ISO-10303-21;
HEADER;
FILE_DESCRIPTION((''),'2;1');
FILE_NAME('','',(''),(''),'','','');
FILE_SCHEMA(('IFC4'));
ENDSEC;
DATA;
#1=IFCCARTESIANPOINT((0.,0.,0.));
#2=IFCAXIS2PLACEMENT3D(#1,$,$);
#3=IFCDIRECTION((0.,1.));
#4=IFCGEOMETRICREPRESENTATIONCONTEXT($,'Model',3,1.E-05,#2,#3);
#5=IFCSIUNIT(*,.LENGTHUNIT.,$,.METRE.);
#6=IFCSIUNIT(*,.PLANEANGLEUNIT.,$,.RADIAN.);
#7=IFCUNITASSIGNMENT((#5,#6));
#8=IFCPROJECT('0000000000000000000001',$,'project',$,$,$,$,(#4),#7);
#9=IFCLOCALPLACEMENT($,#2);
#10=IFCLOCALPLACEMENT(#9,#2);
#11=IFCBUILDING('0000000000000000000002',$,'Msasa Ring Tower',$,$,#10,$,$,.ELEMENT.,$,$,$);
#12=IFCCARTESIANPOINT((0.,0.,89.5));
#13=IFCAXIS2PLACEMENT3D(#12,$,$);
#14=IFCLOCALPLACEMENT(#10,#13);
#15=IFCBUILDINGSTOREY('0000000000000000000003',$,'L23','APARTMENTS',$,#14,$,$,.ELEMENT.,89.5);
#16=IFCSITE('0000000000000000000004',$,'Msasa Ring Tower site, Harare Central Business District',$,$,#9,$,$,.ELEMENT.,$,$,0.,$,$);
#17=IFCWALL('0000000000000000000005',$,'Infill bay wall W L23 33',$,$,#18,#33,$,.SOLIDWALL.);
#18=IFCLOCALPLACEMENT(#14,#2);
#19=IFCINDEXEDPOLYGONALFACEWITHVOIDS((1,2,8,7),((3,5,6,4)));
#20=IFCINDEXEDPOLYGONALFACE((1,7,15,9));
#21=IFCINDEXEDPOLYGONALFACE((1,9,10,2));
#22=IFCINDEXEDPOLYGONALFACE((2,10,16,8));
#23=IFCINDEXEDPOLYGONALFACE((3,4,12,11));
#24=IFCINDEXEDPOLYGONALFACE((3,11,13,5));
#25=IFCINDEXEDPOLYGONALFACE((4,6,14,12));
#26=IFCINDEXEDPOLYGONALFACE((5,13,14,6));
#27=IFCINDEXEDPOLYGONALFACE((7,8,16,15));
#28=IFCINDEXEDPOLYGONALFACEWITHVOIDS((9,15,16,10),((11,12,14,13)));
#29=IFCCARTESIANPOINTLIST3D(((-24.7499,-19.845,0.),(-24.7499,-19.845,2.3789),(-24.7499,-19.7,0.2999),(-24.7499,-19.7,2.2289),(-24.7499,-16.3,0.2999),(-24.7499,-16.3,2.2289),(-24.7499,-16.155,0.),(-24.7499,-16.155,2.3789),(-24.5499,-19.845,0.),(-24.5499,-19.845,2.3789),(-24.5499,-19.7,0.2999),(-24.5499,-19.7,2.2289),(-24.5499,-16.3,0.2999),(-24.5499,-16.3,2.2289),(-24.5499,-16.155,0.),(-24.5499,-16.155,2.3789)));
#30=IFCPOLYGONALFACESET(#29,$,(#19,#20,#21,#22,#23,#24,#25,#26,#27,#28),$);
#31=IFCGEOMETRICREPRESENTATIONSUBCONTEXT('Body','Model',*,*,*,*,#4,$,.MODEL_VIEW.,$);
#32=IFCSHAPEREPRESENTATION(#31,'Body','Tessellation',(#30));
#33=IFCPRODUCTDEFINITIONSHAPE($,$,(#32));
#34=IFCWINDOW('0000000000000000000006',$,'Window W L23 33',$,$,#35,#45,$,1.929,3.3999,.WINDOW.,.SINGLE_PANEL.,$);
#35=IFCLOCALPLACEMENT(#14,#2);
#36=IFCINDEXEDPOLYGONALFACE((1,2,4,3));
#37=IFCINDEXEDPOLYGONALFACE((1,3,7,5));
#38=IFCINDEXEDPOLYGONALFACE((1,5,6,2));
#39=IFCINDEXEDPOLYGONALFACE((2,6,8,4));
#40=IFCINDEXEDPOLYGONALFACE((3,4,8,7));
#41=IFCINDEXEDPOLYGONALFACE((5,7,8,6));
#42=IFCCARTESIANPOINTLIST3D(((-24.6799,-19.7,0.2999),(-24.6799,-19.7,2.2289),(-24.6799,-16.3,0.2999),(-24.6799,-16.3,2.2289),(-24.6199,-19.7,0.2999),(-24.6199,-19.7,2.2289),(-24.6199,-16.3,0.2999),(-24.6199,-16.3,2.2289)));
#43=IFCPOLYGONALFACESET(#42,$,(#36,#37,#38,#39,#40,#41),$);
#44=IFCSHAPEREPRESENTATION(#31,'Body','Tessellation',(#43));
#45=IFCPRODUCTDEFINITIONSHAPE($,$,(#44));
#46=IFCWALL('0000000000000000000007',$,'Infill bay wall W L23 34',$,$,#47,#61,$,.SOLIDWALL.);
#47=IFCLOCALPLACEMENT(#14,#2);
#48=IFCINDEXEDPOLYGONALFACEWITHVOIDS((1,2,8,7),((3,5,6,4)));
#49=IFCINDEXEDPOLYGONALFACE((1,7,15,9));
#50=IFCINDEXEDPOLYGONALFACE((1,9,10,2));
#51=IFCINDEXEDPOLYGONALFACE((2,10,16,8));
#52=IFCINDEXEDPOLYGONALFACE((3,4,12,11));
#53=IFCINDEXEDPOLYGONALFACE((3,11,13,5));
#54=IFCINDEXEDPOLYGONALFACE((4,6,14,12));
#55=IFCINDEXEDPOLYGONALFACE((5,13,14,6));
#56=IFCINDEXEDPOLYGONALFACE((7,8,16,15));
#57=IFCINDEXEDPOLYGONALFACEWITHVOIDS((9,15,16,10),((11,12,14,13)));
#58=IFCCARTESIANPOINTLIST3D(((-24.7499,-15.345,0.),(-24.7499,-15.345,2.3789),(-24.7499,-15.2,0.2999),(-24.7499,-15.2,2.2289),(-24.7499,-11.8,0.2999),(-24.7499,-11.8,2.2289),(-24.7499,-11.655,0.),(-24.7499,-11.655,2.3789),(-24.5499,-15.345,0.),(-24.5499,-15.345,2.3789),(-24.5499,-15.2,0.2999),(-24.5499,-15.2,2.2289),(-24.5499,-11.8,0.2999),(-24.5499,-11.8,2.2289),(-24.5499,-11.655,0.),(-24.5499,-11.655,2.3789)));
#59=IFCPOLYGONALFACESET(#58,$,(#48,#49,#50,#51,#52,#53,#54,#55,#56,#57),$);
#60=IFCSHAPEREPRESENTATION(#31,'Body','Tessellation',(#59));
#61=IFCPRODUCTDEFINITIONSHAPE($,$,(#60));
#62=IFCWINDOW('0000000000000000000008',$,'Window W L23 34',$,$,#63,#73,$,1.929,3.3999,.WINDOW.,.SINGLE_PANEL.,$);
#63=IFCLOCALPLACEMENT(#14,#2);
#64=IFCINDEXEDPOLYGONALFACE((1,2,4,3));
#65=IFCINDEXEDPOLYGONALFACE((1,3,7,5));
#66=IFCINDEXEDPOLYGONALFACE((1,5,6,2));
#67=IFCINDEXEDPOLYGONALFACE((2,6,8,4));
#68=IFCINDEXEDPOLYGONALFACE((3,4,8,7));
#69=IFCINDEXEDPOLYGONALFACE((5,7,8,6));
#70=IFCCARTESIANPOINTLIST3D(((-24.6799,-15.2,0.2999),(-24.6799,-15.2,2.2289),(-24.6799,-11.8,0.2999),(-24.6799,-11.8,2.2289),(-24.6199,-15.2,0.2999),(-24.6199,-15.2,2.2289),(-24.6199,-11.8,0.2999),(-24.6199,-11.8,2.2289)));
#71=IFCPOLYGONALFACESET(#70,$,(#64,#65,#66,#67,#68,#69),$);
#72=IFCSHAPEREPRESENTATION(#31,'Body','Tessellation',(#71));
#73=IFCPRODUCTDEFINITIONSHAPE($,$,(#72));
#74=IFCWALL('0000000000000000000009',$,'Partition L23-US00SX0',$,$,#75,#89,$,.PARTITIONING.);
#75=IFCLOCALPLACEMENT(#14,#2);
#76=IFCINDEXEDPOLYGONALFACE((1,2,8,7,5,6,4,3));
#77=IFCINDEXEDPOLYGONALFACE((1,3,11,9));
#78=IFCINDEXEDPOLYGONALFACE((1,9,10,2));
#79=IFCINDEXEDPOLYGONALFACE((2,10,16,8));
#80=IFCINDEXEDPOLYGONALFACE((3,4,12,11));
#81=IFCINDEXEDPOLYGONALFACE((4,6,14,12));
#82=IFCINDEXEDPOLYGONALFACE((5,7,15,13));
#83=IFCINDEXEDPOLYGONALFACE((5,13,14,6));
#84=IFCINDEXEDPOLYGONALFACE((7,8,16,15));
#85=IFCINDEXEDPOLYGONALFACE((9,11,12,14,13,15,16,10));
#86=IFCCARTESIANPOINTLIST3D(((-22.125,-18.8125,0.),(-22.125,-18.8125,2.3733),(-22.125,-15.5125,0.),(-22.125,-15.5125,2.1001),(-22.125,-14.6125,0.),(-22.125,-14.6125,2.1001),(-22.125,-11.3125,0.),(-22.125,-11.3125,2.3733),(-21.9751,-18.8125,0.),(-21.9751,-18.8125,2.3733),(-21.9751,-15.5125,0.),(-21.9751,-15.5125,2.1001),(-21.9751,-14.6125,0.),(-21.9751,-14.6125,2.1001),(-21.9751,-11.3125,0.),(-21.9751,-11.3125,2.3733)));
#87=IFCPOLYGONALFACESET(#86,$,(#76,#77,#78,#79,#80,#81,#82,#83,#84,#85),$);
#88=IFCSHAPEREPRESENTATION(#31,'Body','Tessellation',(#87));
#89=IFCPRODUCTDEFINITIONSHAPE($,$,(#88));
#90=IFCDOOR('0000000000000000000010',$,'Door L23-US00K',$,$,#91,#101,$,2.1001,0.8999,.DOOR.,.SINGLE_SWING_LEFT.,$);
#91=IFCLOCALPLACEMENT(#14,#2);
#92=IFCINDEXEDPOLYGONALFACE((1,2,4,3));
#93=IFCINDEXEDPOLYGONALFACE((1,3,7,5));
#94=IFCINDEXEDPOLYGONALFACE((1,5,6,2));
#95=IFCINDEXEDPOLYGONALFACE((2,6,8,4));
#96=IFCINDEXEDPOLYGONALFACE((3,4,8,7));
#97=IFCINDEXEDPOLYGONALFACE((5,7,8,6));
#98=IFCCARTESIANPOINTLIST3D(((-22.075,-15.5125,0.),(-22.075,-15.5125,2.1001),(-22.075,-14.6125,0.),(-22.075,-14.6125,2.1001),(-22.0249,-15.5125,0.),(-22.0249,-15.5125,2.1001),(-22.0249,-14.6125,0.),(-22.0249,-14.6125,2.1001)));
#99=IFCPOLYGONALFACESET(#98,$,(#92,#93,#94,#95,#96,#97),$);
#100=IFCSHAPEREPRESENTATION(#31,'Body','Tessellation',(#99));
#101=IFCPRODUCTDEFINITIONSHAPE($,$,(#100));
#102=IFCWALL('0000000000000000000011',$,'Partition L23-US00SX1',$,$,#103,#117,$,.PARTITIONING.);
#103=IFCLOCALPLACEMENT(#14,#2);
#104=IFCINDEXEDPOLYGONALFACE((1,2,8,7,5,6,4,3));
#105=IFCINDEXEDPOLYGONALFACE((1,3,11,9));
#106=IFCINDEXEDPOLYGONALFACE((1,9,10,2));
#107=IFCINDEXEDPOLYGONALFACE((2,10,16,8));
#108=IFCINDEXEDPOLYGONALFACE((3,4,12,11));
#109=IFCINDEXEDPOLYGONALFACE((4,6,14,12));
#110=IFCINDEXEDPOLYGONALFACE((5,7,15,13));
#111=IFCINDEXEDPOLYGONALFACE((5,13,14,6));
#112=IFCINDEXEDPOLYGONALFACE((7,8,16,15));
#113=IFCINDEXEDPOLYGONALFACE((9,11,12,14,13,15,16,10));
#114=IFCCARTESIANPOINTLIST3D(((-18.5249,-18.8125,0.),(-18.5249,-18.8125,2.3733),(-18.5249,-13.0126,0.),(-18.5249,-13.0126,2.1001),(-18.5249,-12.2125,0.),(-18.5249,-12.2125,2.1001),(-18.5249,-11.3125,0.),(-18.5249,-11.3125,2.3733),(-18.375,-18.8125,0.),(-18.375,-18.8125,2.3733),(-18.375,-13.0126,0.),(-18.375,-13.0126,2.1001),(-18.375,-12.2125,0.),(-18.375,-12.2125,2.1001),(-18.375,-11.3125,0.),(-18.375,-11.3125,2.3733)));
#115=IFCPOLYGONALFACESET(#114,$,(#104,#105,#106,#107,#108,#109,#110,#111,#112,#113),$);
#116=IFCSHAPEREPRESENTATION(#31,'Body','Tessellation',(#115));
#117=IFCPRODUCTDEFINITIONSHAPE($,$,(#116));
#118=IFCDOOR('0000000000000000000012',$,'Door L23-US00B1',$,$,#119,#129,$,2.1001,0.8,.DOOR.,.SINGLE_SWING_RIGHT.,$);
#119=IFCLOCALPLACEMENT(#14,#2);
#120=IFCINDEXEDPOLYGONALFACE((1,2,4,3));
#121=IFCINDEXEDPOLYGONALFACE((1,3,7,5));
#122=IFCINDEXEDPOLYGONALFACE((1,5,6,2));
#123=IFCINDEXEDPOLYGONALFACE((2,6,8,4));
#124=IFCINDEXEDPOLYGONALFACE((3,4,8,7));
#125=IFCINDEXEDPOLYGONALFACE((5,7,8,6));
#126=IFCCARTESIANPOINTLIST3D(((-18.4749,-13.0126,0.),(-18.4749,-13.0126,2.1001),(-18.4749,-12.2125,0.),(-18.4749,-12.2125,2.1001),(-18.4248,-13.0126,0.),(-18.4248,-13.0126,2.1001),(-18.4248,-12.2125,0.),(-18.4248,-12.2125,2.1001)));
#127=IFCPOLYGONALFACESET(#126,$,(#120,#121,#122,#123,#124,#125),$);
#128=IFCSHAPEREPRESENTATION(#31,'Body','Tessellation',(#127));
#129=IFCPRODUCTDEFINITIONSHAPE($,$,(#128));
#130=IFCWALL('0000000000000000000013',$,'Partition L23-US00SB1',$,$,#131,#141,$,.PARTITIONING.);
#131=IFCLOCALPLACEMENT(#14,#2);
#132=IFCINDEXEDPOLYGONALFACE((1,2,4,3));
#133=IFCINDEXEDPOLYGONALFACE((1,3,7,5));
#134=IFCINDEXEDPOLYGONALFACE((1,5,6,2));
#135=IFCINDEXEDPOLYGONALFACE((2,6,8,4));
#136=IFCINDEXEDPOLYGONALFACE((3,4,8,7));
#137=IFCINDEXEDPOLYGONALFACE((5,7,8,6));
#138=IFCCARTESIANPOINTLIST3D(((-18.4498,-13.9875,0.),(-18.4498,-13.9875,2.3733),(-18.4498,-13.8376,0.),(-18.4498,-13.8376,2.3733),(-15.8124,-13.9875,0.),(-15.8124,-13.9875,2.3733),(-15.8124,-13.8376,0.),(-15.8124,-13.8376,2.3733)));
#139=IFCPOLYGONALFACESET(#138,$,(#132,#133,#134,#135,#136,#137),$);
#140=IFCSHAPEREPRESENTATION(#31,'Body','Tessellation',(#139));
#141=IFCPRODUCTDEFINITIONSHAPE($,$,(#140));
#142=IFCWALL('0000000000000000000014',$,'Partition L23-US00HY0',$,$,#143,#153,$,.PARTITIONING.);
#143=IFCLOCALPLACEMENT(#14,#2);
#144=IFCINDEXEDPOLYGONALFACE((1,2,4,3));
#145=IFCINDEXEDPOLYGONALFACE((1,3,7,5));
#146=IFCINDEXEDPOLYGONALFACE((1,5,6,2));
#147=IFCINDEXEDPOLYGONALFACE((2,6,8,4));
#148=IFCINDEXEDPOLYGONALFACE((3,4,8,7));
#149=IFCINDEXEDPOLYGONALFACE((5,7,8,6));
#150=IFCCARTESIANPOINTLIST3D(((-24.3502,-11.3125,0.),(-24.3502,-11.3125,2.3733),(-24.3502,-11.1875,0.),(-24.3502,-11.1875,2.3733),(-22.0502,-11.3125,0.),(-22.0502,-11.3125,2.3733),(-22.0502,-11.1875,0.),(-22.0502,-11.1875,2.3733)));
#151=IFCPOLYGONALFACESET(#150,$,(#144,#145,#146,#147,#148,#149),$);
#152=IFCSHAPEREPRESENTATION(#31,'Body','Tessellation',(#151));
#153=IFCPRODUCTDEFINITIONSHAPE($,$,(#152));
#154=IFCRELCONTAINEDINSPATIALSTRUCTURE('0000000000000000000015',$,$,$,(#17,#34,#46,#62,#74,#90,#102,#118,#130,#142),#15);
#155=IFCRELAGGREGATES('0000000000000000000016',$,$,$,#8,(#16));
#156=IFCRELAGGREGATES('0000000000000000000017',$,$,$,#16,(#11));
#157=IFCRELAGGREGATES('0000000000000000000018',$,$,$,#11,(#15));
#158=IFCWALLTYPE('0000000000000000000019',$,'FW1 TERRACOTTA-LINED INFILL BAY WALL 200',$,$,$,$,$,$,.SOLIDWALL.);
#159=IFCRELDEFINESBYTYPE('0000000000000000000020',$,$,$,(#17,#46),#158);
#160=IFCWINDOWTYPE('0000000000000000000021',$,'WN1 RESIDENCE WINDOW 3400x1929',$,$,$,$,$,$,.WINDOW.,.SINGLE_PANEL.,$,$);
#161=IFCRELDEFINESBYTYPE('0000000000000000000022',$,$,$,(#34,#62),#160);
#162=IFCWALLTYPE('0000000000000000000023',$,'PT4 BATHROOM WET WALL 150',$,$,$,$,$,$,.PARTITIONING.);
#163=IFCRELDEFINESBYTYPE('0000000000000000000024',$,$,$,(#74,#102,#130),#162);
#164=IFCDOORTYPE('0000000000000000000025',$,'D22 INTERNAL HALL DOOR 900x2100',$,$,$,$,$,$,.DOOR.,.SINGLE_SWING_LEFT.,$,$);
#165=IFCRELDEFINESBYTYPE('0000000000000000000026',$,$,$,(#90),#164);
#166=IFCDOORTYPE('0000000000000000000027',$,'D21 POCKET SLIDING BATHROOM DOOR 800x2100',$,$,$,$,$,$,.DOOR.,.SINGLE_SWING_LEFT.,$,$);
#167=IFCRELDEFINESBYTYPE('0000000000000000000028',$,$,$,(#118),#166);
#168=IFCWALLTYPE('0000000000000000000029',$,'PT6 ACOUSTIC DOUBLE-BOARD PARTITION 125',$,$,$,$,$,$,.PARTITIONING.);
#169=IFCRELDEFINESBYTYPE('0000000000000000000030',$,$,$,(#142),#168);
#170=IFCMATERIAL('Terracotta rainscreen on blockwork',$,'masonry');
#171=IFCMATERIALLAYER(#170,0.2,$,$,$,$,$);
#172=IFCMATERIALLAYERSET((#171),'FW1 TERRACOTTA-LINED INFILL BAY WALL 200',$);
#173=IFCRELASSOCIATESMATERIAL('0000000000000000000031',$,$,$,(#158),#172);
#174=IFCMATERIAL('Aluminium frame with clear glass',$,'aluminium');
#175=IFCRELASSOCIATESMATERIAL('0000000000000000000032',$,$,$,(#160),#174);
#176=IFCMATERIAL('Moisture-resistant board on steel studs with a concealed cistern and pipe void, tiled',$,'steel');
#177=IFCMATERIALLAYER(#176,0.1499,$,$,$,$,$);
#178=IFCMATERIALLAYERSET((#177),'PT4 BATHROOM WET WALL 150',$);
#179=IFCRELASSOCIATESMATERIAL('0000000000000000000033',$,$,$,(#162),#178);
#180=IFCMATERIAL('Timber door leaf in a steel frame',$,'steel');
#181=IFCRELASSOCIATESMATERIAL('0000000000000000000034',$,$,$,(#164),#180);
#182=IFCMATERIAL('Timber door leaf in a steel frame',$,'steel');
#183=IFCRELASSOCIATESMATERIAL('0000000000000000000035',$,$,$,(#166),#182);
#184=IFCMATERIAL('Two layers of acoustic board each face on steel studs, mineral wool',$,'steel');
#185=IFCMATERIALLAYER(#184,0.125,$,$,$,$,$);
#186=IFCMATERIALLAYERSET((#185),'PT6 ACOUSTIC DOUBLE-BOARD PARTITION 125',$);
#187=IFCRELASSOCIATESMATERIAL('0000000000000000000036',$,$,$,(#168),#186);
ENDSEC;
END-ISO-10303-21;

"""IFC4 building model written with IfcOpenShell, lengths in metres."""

from ifc_helpers import new_model, si_unit, direction, frame, frame_2d, origin, place, context, subcontext, project, spatial, rectangle, extrude, material, layer, layer_set, type_object, element, fill, save


model = new_model("IFC4")

# Units and contexts
model_context = context("Model", 3, precision=1e-05, world=origin(), true_north=direction((0.0, 1.0)))
body_context = subcontext(model_context, "Body", "Model", "MODEL_VIEW")
ifc_project = project(units=[si_unit("LENGTHUNIT", "METRE"), si_unit("PLANEANGLEUNIT", "RADIAN")], contexts=[model_context])

# Site, building, storey
site_placement = place(None, origin())
site = spatial("IfcSite", under=ifc_project, at=site_placement, Name="Msasa Ring Tower site, Harare Central Business District", CompositionType="ELEMENT", RefElevation=0.0)
building_placement = place(site_placement, origin())
building = spatial("IfcBuilding", under=site, at=building_placement, Name="Msasa Ring Tower", CompositionType="ELEMENT")
storey_placement = place(building_placement, frame((0.0, 0.0, 89.5)))
storey = spatial("IfcBuildingStorey", under=building, at=storey_placement, Name="L23", Description="APARTMENTS", CompositionType="ELEMENT", Elevation=89.5)

# Walls, openings, windows
ifc_material_1 = material(Name="Terracotta rainscreen on blockwork", Category="masonry")
ifc_layer_1 = layer(ifc_material_1, 0.2)
ifc_layer_set_1 = layer_set([ifc_layer_1], Name="FW1 TERRACOTTA-LINED INFILL BAY WALL 200")
wall_type_1 = type_object("IfcWallType", Name="FW1 TERRACOTTA-LINED INFILL BAY WALL 200", PredefinedType="SOLIDWALL", material=ifc_layer_set_1)
wall_1_placement = place(storey_placement, frame((-24.6499, -19.845, 0.0), z_axis=(0.0, 0.0, 1.0), x_axis=(0.0, 1.0, 0.0)))
wall_1 = element("IfcWall", 1, at=wall_1_placement, inside=storey, type_object=wall_type_1, Name="Infill bay wall W L23 33", PredefinedType="SOLIDWALL", context=body_context, shape_type="SweptSolid", body=[
    extrude(rectangle(XDim=3.6899, YDim=0.2, at=frame_2d((1.845, 0.0))), origin(), (0.0, 0.0, 1.0), 2.3789),
])
opening_1_placement = place(wall_1_placement, frame((0.145, 0.0, 0.3)))
opening_1 = element("IfcOpeningElement", 2, at=opening_1_placement, cuts=wall_1, PredefinedType="OPENING", context=body_context, shape_type="SweptSolid", body=[
    extrude(rectangle(XDim=3.3999, YDim=1.929, at=frame_2d((1.7, 0.9644))), frame((0.0, 0.1099, 0.0), z_axis=(0.0, -1.0, 0.0), x_axis=(1.0, 0.0, 0.0)), (0.0, 0.0, 1.0), 0.22),
])
ifc_material_2 = material(Name="Aluminium frame with clear glass", Category="aluminium")
window_type = type_object("IfcWindowType", Name="WN1 RESIDENCE WINDOW 3400x1929", PartitioningType="SINGLE_PANEL", PredefinedType="WINDOW", material=ifc_material_2)
window_1_placement = place(opening_1_placement, origin())
window_1 = element("IfcWindow", 3, at=window_1_placement, inside=storey, type_object=window_type, Name="Window W L23 33", OverallHeight=1.929, OverallWidth=3.3999, PartitioningType="SINGLE_PANEL", PredefinedType="WINDOW", context=body_context, shape_type="SweptSolid", body=[
    extrude(rectangle(XDim=3.3999, YDim=1.929, at=frame_2d((1.7, 0.9644))), frame((0.0, 0.03, 0.0), z_axis=(0.0, -1.0, 0.0), x_axis=(1.0, 0.0, 0.0)), (0.0, 0.0, 1.0), 0.0601),
])
fill(opening_1, window_1)
wall_2_placement = place(storey_placement, frame((-24.6499, -15.345, 0.0), z_axis=(0.0, 0.0, 1.0), x_axis=(0.0, 1.0, 0.0)))
wall_2 = element("IfcWall", 4, at=wall_2_placement, inside=storey, type_object=wall_type_1, Name="Infill bay wall W L23 34", PredefinedType="SOLIDWALL", context=body_context, shape_type="SweptSolid", body=[
    extrude(rectangle(XDim=3.6899, YDim=0.2, at=frame_2d((1.845, 0.0))), origin(), (0.0, 0.0, 1.0), 2.3789),
])
opening_2_placement = place(wall_2_placement, frame((0.145, 0.0, 0.3)))
opening_2 = element("IfcOpeningElement", 5, at=opening_2_placement, cuts=wall_2, PredefinedType="OPENING", context=body_context, shape_type="SweptSolid", body=[
    extrude(rectangle(XDim=3.3999, YDim=1.929, at=frame_2d((1.7, 0.9644))), frame((0.0, 0.1099, 0.0), z_axis=(0.0, -1.0, 0.0), x_axis=(1.0, 0.0, 0.0)), (0.0, 0.0, 1.0), 0.22),
])
window_2_placement = place(opening_2_placement, origin())
window_2 = element("IfcWindow", 6, at=window_2_placement, inside=storey, type_object=window_type, Name="Window W L23 34", OverallHeight=1.929, OverallWidth=3.3999, PartitioningType="SINGLE_PANEL", PredefinedType="WINDOW", context=body_context, shape_type="SweptSolid", body=[
    extrude(rectangle(XDim=3.3999, YDim=1.929, at=frame_2d((1.7, 0.9644))), frame((0.0, 0.03, 0.0), z_axis=(0.0, -1.0, 0.0), x_axis=(1.0, 0.0, 0.0)), (0.0, 0.0, 1.0), 0.0601),
])
fill(opening_2, window_2)

# Walls, openings, doors
ifc_material_3 = material(Name="Moisture-resistant board on steel studs with a concealed cistern and pipe void, tiled", Category="steel")
ifc_layer_2 = layer(ifc_material_3, 0.1499)
ifc_layer_set_2 = layer_set([ifc_layer_2], Name="PT4 BATHROOM WET WALL 150")
wall_type_2 = type_object("IfcWallType", Name="PT4 BATHROOM WET WALL 150", PredefinedType="PARTITIONING", material=ifc_layer_set_2)
wall_3_placement = place(storey_placement, frame((-22.05, -18.8125, 0.0), z_axis=(0.0, 0.0, 1.0), x_axis=(0.0, 1.0, 0.0)))
wall_3 = element("IfcWall", 7, at=wall_3_placement, inside=storey, type_object=wall_type_2, Name="Partition L23-US00SX0", PredefinedType="PARTITIONING", context=body_context, shape_type="SweptSolid", body=[
    extrude(rectangle(XDim=7.5, YDim=0.1499, at=frame_2d((3.75, 0.0))), origin(), (0.0, 0.0, 1.0), 2.3733),
])
opening_3_placement = place(wall_3_placement, frame((3.3, 0.0, 0.0)))
opening_3 = element("IfcOpeningElement", 8, at=opening_3_placement, cuts=wall_3, PredefinedType="OPENING", context=body_context, shape_type="SweptSolid", body=[
    extrude(rectangle(XDim=0.8999, YDim=2.1001, at=frame_2d((0.45, 1.05))), frame((0.0, 0.085, 0.0), z_axis=(0.0, -1.0, 0.0), x_axis=(1.0, 0.0, 0.0)), (0.0, 0.0, 1.0), 0.1699),
])
ifc_material_4 = material(Name="Timber door leaf in a steel frame", Category="steel")
door_type_1 = type_object("IfcDoorType", Name="D22 INTERNAL HALL DOOR 900x2100", OperationType="SINGLE_SWING_LEFT", PredefinedType="DOOR", material=ifc_material_4)
door_1_placement = place(opening_3_placement, origin())
door_1 = element("IfcDoor", 9, at=door_1_placement, inside=storey, type_object=door_type_1, Name="Door L23-US00K", OperationType="SINGLE_SWING_LEFT", OverallHeight=2.1001, OverallWidth=0.8999, PredefinedType="DOOR", context=body_context, shape_type="SweptSolid", body=[
    extrude(rectangle(XDim=0.8999, YDim=2.1001, at=frame_2d((0.45, 1.05))), frame((0.0, 0.0249, 0.0), z_axis=(0.0, -1.0, 0.0), x_axis=(1.0, 0.0, 0.0)), (0.0, 0.0, 1.0), 0.05),
])
fill(opening_3, door_1)
wall_4_placement = place(storey_placement, frame((-18.45, -18.8125, 0.0), z_axis=(0.0, 0.0, 1.0), x_axis=(0.0, 1.0, 0.0)))
wall_4 = element("IfcWall", 10, at=wall_4_placement, inside=storey, type_object=wall_type_2, Name="Partition L23-US00SX1", PredefinedType="PARTITIONING", context=body_context, shape_type="SweptSolid", body=[
    extrude(rectangle(XDim=7.5, YDim=0.1499, at=frame_2d((3.75, 0.0))), origin(), (0.0, 0.0, 1.0), 2.3733),
])
opening_4_placement = place(wall_4_placement, frame((5.8, 0.0, 0.0)))
opening_4 = element("IfcOpeningElement", 11, at=opening_4_placement, cuts=wall_4, PredefinedType="OPENING", context=body_context, shape_type="SweptSolid", body=[
    extrude(rectangle(XDim=0.8, YDim=2.1001, at=frame_2d((0.3999, 1.05))), frame((0.0, 0.085, 0.0), z_axis=(0.0, -1.0, 0.0), x_axis=(1.0, 0.0, 0.0)), (0.0, 0.0, 1.0), 0.1699),
])
ifc_material_5 = material(Name="Timber door leaf in a steel frame", Category="steel")
door_type_2 = type_object("IfcDoorType", Name="D21 POCKET SLIDING BATHROOM DOOR 800x2100", OperationType="SINGLE_SWING_LEFT", PredefinedType="DOOR", material=ifc_material_5)
door_2_placement = place(opening_4_placement, origin())
door_2 = element("IfcDoor", 12, at=door_2_placement, inside=storey, type_object=door_type_2, Name="Door L23-US00B1", OperationType="SINGLE_SWING_RIGHT", OverallHeight=2.1001, OverallWidth=0.8, PredefinedType="DOOR", context=body_context, shape_type="SweptSolid", body=[
    extrude(rectangle(XDim=0.8, YDim=2.1001, at=frame_2d((0.3999, 1.05))), frame((0.0, 0.0249, 0.0), z_axis=(0.0, -1.0, 0.0), x_axis=(1.0, 0.0, 0.0)), (0.0, 0.0, 1.0), 0.05),
])
fill(opening_4, door_2)

# Walls
wall_5_placement = place(storey_placement, frame((-18.45, -13.9126, 0.0), z_axis=(0.0, 0.0, 1.0), x_axis=(1.0, 0.0, 0.0)))
element("IfcWall", 13, at=wall_5_placement, inside=storey, type_object=wall_type_2, Name="Partition L23-US00SB1", PredefinedType="PARTITIONING", context=body_context, shape_type="SweptSolid", body=[
    extrude(rectangle(XDim=2.6375, YDim=0.1499, at=frame_2d((1.3188, 0.0))), origin(), (0.0, 0.0, 1.0), 2.3733),
])
ifc_material_6 = material(Name="Two layers of acoustic board each face on steel studs, mineral wool", Category="steel")
ifc_layer_3 = layer(ifc_material_6, 0.125)
ifc_layer_set_3 = layer_set([ifc_layer_3], Name="PT6 ACOUSTIC DOUBLE-BOARD PARTITION 125")
wall_type_3 = type_object("IfcWallType", Name="PT6 ACOUSTIC DOUBLE-BOARD PARTITION 125", PredefinedType="PARTITIONING", material=ifc_layer_set_3)
wall_6_placement = place(storey_placement, frame((-24.3501, -11.25, 0.0), z_axis=(0.0, 0.0, 1.0), x_axis=(1.0, 0.0, 0.0)))
element("IfcWall", 14, at=wall_6_placement, inside=storey, type_object=wall_type_3, Name="Partition L23-US00HY0", PredefinedType="PARTITIONING", context=body_context, shape_type="SweptSolid", body=[
    extrude(rectangle(XDim=2.3, YDim=0.125, at=frame_2d((1.1499, 0.0))), origin(), (0.0, 0.0, 1.0), 2.3733),
])

save(model, "model.ifc")
